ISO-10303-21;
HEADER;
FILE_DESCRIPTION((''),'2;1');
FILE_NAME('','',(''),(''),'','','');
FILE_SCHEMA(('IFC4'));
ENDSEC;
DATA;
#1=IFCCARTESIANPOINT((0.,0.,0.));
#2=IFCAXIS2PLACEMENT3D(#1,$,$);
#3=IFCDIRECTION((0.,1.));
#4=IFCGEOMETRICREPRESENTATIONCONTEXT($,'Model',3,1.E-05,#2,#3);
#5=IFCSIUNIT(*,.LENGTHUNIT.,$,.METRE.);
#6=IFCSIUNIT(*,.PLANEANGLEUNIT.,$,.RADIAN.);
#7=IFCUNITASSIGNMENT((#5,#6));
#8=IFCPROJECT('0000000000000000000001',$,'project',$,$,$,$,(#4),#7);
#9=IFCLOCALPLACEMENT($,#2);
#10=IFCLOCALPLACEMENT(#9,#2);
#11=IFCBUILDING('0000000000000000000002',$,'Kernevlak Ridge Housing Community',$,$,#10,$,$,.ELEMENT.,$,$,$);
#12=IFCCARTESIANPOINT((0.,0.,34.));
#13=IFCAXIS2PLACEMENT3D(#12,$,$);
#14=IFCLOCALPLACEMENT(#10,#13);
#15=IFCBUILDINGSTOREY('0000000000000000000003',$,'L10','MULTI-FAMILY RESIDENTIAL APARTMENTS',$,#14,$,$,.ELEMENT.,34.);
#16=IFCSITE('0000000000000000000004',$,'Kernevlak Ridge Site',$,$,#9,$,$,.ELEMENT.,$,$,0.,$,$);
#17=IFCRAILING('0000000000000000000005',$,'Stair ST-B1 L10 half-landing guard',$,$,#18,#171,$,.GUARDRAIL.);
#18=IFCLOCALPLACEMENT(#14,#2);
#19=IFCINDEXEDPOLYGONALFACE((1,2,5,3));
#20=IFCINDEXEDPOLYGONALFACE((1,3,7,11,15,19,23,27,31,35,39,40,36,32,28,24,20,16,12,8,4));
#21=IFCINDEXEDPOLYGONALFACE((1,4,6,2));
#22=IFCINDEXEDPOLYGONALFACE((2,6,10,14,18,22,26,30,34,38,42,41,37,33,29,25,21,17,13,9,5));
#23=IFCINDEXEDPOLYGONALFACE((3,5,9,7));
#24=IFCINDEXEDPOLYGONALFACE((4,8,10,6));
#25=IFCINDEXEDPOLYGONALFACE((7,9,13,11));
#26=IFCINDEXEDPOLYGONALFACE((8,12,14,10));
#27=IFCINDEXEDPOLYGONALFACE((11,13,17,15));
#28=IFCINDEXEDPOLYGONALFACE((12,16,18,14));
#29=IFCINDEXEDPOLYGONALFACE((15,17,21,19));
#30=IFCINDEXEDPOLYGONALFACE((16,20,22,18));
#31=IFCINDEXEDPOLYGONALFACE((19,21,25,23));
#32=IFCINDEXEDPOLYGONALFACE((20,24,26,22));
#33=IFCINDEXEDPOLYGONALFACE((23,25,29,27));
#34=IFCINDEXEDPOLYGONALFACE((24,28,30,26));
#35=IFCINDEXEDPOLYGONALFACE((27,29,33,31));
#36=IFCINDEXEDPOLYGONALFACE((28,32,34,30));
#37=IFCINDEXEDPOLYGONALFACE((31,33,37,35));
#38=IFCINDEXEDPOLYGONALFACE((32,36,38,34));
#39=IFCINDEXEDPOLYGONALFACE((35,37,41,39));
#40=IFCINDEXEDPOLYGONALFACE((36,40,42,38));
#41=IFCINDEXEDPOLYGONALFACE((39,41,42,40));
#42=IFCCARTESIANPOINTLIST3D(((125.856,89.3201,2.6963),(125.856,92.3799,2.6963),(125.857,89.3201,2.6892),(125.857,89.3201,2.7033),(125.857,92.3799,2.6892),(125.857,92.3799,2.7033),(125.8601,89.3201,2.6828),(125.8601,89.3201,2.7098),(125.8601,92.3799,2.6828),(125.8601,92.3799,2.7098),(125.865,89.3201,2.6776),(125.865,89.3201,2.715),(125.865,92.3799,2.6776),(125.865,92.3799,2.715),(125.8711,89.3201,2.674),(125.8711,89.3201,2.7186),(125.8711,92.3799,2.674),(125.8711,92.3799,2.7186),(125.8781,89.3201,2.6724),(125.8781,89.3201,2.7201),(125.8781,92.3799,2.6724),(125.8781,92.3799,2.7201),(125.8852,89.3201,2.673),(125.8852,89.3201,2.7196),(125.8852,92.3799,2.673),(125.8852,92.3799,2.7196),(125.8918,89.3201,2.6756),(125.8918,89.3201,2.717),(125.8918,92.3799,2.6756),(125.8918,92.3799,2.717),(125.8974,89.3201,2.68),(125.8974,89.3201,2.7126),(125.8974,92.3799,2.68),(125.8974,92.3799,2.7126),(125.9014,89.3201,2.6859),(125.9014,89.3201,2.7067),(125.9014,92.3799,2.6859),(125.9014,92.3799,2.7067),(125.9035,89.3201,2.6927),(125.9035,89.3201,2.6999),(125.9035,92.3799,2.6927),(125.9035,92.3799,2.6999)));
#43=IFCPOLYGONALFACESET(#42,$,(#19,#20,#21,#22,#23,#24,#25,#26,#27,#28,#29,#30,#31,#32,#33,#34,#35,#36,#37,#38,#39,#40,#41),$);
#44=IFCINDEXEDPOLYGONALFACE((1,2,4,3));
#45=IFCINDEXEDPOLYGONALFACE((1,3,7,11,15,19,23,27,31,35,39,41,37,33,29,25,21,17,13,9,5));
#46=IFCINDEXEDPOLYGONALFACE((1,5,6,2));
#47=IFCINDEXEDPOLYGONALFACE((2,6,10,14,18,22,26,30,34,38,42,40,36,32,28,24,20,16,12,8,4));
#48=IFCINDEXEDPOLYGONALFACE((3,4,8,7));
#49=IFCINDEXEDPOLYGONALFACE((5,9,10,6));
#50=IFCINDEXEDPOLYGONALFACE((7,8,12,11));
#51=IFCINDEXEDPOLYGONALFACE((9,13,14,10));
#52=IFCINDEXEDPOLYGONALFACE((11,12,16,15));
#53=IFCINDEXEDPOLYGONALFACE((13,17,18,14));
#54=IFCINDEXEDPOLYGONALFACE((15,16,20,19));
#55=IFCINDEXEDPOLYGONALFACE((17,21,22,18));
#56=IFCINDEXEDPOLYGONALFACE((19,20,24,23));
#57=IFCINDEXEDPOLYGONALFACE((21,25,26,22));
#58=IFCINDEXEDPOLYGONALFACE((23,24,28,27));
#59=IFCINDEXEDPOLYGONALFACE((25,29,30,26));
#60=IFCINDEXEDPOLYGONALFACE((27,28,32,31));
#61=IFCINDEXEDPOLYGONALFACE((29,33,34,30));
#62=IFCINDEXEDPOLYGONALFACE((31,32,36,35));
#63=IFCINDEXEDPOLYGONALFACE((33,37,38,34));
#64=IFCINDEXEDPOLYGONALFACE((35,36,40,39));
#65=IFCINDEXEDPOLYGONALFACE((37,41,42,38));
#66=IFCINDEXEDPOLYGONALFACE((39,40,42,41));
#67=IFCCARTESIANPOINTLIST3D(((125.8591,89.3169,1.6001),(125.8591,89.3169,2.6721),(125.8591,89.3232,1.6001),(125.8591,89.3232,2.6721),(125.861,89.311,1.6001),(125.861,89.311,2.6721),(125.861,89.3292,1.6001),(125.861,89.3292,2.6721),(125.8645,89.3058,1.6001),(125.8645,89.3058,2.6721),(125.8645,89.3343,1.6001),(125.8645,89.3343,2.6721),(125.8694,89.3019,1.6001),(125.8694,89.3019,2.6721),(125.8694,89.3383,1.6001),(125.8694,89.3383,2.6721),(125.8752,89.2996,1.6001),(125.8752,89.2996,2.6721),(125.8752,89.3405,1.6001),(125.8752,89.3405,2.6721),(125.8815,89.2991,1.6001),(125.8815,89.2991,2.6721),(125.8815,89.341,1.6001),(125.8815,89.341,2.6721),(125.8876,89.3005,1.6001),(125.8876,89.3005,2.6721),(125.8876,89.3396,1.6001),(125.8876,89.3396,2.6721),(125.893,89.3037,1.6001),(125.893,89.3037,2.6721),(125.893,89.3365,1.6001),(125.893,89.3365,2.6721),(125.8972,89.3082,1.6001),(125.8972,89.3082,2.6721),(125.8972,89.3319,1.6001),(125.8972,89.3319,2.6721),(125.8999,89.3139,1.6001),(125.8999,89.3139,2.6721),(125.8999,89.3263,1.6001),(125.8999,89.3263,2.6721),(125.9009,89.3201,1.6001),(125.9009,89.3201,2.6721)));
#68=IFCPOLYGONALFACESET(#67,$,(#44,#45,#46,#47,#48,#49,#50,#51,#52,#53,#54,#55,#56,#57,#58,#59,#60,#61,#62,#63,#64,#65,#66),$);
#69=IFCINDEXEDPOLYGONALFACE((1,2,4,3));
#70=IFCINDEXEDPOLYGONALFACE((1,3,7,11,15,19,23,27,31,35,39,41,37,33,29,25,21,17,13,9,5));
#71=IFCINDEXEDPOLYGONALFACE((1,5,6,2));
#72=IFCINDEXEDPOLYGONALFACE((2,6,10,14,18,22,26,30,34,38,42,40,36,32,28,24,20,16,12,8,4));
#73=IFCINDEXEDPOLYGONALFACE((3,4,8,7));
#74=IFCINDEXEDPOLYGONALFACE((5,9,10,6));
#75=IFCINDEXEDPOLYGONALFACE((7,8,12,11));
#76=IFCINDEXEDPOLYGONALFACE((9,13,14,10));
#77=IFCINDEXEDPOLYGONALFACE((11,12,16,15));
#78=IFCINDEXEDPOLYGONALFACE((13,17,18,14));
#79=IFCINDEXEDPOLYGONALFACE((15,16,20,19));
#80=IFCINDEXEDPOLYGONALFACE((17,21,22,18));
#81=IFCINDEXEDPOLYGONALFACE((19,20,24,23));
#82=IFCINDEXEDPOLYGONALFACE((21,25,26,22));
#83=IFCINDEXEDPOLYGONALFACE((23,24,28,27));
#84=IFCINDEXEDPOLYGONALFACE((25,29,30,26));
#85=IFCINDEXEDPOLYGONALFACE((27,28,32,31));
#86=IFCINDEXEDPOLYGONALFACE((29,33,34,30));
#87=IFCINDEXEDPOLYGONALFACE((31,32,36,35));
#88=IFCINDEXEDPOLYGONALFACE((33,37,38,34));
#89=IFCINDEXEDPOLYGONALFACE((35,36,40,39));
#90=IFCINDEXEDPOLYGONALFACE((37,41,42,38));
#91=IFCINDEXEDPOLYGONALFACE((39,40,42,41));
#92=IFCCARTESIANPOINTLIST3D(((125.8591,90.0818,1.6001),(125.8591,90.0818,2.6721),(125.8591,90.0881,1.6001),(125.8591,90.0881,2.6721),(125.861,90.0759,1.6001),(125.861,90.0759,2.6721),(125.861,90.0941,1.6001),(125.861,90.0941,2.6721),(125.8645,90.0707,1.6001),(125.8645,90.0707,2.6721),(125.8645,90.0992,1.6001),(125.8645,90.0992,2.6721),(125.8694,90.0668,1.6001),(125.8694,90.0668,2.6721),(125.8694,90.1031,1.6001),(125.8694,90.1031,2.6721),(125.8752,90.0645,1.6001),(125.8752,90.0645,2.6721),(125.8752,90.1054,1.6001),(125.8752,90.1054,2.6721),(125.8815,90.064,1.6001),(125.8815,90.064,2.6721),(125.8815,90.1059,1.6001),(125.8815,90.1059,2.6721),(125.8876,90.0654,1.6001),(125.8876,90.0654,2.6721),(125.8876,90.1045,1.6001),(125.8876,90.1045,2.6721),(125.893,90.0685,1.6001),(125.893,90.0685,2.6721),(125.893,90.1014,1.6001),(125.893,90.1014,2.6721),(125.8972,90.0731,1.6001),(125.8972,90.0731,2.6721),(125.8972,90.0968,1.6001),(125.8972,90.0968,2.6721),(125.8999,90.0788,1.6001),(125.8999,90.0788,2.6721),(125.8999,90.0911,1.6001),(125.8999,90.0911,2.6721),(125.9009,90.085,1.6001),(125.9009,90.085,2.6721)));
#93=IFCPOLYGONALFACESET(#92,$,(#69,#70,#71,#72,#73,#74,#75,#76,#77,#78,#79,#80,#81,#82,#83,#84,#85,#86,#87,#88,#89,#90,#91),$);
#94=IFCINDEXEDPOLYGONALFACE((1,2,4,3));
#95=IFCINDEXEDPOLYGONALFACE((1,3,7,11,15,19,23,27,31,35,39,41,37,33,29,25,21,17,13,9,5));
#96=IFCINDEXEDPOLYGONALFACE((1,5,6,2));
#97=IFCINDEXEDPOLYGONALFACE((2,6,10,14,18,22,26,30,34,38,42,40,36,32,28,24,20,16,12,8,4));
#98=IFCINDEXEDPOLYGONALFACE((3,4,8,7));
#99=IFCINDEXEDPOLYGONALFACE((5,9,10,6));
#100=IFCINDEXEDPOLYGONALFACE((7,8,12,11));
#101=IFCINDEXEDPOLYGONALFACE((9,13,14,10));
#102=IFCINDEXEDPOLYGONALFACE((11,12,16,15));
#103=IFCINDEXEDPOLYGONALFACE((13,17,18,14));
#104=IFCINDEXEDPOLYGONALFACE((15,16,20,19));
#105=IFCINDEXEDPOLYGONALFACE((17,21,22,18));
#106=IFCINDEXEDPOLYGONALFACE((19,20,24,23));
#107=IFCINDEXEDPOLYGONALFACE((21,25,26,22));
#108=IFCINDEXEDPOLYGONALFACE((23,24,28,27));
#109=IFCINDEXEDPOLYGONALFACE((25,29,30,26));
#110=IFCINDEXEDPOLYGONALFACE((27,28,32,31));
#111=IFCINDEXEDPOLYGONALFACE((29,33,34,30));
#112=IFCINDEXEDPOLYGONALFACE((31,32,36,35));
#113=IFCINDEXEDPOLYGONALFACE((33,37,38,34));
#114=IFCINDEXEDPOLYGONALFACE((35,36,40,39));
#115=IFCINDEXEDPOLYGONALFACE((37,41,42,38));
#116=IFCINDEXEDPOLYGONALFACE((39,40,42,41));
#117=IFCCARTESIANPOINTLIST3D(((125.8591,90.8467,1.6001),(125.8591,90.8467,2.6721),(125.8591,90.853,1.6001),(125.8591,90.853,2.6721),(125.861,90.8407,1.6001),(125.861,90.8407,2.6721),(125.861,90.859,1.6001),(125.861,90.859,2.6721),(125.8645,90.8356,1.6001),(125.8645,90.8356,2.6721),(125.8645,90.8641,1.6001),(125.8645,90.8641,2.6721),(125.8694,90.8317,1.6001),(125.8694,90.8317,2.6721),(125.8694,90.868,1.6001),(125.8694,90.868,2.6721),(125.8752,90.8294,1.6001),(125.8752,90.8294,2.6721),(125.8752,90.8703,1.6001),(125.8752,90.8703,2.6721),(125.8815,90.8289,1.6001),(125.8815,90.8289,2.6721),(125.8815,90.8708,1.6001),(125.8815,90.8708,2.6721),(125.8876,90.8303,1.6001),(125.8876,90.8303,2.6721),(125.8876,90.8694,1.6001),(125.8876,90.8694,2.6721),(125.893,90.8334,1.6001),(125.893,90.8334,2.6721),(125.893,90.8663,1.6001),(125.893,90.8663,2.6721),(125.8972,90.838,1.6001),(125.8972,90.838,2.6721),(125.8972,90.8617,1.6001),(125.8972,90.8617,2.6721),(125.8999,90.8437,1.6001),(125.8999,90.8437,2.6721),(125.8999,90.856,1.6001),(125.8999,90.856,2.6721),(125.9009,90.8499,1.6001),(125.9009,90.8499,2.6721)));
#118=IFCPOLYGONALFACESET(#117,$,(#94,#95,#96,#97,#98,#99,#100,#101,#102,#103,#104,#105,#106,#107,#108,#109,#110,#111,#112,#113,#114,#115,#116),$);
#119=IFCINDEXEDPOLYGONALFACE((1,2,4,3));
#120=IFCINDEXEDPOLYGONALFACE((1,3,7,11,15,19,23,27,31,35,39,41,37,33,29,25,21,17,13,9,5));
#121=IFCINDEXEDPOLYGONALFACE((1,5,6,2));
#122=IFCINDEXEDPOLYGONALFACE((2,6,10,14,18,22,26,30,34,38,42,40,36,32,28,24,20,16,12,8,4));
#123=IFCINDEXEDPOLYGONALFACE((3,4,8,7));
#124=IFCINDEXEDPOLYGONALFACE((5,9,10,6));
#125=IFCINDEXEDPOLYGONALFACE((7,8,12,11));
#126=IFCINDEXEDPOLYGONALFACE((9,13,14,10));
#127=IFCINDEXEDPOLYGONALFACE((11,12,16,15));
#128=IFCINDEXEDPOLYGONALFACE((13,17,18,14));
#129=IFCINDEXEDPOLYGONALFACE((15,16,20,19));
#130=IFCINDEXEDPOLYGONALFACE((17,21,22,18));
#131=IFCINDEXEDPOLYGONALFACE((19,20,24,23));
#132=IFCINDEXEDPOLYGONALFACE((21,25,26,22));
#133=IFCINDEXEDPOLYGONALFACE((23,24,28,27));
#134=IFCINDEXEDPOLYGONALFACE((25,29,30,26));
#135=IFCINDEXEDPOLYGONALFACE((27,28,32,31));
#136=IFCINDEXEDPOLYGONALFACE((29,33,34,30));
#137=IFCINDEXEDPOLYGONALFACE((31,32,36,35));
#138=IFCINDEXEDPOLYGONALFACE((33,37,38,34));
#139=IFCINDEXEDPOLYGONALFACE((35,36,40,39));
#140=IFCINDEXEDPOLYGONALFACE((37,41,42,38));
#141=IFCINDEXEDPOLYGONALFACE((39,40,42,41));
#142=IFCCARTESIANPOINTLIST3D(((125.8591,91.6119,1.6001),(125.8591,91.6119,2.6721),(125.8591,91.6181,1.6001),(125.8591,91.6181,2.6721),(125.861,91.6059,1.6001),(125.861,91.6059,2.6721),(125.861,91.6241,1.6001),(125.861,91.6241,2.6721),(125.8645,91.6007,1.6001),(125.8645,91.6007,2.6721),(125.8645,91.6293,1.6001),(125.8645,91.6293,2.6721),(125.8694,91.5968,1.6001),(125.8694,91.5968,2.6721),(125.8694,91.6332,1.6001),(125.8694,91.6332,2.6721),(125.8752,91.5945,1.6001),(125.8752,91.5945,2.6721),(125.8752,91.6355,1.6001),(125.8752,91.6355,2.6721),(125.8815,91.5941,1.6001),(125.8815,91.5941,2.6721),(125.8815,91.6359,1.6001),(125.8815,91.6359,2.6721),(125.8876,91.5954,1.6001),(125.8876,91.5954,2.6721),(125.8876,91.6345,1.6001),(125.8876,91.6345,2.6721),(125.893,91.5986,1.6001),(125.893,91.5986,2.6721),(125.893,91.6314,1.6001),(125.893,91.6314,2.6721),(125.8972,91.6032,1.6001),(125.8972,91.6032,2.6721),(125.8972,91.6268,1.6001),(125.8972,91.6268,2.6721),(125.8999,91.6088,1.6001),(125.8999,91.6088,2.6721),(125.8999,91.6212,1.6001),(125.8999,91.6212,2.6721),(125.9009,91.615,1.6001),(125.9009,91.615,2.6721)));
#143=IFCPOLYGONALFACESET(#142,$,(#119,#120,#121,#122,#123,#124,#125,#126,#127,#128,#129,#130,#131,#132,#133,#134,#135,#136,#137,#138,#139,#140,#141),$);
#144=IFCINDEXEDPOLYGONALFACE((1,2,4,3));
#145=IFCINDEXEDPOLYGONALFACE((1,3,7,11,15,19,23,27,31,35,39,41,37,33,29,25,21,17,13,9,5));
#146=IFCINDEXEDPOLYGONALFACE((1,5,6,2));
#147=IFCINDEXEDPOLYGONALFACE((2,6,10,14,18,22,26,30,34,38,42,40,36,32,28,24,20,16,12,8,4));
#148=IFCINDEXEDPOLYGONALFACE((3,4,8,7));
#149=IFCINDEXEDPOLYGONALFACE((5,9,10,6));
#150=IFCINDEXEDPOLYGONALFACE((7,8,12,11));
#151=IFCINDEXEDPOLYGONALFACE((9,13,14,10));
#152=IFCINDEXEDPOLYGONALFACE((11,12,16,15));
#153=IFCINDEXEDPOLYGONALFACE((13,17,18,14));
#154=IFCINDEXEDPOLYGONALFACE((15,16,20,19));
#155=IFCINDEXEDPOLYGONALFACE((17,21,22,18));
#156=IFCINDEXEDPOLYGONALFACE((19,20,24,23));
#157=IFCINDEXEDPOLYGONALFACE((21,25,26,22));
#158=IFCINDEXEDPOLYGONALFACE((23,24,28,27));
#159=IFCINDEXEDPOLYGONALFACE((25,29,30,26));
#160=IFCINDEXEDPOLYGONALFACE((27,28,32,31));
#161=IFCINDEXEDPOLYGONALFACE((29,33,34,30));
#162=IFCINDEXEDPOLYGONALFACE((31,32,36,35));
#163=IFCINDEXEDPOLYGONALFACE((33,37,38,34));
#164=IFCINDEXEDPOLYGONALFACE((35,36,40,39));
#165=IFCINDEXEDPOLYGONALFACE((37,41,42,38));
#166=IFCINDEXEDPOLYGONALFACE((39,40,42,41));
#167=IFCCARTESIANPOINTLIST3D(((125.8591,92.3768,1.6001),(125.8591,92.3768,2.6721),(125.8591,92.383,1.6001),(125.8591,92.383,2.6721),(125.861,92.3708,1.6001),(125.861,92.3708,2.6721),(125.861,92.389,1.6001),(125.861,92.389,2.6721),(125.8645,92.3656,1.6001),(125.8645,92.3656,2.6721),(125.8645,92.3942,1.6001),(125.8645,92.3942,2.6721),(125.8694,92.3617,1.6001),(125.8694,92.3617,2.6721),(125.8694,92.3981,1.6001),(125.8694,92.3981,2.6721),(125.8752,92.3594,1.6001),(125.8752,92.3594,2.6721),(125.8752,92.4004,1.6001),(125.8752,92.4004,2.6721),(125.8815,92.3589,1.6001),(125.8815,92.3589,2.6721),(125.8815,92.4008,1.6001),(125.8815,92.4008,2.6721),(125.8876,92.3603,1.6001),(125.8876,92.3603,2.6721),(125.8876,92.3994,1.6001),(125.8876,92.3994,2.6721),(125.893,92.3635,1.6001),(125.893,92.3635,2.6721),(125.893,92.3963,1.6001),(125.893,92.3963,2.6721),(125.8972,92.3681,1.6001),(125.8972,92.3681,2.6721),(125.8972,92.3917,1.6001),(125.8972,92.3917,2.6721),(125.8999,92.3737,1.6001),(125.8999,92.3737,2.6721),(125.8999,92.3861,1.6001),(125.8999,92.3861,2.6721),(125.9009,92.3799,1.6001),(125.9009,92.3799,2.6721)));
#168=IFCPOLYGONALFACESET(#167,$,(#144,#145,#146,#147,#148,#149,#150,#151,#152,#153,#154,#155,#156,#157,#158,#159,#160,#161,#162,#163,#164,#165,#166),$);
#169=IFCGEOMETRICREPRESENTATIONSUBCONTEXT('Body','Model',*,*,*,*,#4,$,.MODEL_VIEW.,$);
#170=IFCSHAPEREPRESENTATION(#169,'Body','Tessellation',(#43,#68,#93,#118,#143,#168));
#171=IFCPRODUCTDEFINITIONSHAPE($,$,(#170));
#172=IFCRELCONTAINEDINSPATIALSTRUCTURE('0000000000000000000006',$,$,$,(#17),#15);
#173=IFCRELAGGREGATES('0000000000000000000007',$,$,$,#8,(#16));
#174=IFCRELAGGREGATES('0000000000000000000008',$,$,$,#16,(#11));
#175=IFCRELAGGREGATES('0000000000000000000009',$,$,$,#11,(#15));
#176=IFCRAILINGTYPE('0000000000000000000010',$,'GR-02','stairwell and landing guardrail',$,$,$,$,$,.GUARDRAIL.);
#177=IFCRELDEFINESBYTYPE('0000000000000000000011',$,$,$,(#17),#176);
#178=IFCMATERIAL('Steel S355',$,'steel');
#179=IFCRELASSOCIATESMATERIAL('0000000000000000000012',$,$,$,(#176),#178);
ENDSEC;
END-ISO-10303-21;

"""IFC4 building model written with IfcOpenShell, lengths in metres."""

from ifc_helpers import new_model, si_unit, direction, frame, origin, origin_2d, place, context, subcontext, project, spatial, circle, extrude, material, type_object, element, save


model = new_model("IFC4")

# Units and contexts
model_context = context("Model", 3, precision=1e-05, world=origin(), true_north=direction((0.0, 1.0)))
body_context = subcontext(model_context, "Body", "Model", "MODEL_VIEW")
ifc_project = project(units=[si_unit("LENGTHUNIT", "METRE"), si_unit("PLANEANGLEUNIT", "RADIAN")], contexts=[model_context])

# Site, building, storey
site_placement = place(None, origin())
site = spatial("IfcSite", under=ifc_project, at=site_placement, Name="Kernevlak Ridge Site", CompositionType="ELEMENT", RefElevation=0.0)
building_placement = place(site_placement, origin())
building = spatial("IfcBuilding", under=site, at=building_placement, Name="Kernevlak Ridge Housing Community", CompositionType="ELEMENT")
storey_placement = place(building_placement, frame((0.0, 0.0, 34.0)))
storey = spatial("IfcBuildingStorey", under=building, at=storey_placement, Name="L10", Description="MULTI-FAMILY RESIDENTIAL APARTMENTS", CompositionType="ELEMENT", Elevation=34.0)

# Railing
ifc_material_1 = material(Name="Steel S355", Category="steel")
railing_type_1 = type_object("IfcRailingType", Name="GR-02", Description="stairwell and landing guardrail", PredefinedType="GUARDRAIL", material=ifc_material_1)
railing_1_placement = place(storey_placement, frame((125.8799, 89.3201, 1.6001)))
element("IfcRailing", 1, at=railing_1_placement, inside=storey, type_object=railing_type_1, Name="Stair ST-B1 L10 half-landing guard", PredefinedType="GUARDRAIL", context=body_context, shape_type="SweptSolid", body=[
    extrude(circle(Radius=0.0239, at=origin_2d()), frame((0.0, 0.0, 1.0962), z_axis=(0.0, 1.0, 0.0), x_axis=(-1.0, 0.0, 0.0)), (0.0, 0.0, 1.0), 3.0598),
    extrude(circle(Radius=0.021, at=origin_2d()), origin(), (0.0, 0.0, 1.0), 1.072),
    extrude(circle(Radius=0.021, at=origin_2d()), frame((0.0, 0.7649, 0.0)), (0.0, 0.0, 1.0), 1.072),
    extrude(circle(Radius=0.021, at=origin_2d()), frame((0.0, 1.5298, 0.0)), (0.0, 0.0, 1.0), 1.072),
    extrude(circle(Radius=0.021, at=origin_2d()), frame((0.0, 2.2949, 0.0)), (0.0, 0.0, 1.0), 1.072),
    extrude(circle(Radius=0.021, at=origin_2d()), frame((0.0, 3.0598, 0.0)), (0.0, 0.0, 1.0), 1.072),
])

save(model, "model.ifc")
